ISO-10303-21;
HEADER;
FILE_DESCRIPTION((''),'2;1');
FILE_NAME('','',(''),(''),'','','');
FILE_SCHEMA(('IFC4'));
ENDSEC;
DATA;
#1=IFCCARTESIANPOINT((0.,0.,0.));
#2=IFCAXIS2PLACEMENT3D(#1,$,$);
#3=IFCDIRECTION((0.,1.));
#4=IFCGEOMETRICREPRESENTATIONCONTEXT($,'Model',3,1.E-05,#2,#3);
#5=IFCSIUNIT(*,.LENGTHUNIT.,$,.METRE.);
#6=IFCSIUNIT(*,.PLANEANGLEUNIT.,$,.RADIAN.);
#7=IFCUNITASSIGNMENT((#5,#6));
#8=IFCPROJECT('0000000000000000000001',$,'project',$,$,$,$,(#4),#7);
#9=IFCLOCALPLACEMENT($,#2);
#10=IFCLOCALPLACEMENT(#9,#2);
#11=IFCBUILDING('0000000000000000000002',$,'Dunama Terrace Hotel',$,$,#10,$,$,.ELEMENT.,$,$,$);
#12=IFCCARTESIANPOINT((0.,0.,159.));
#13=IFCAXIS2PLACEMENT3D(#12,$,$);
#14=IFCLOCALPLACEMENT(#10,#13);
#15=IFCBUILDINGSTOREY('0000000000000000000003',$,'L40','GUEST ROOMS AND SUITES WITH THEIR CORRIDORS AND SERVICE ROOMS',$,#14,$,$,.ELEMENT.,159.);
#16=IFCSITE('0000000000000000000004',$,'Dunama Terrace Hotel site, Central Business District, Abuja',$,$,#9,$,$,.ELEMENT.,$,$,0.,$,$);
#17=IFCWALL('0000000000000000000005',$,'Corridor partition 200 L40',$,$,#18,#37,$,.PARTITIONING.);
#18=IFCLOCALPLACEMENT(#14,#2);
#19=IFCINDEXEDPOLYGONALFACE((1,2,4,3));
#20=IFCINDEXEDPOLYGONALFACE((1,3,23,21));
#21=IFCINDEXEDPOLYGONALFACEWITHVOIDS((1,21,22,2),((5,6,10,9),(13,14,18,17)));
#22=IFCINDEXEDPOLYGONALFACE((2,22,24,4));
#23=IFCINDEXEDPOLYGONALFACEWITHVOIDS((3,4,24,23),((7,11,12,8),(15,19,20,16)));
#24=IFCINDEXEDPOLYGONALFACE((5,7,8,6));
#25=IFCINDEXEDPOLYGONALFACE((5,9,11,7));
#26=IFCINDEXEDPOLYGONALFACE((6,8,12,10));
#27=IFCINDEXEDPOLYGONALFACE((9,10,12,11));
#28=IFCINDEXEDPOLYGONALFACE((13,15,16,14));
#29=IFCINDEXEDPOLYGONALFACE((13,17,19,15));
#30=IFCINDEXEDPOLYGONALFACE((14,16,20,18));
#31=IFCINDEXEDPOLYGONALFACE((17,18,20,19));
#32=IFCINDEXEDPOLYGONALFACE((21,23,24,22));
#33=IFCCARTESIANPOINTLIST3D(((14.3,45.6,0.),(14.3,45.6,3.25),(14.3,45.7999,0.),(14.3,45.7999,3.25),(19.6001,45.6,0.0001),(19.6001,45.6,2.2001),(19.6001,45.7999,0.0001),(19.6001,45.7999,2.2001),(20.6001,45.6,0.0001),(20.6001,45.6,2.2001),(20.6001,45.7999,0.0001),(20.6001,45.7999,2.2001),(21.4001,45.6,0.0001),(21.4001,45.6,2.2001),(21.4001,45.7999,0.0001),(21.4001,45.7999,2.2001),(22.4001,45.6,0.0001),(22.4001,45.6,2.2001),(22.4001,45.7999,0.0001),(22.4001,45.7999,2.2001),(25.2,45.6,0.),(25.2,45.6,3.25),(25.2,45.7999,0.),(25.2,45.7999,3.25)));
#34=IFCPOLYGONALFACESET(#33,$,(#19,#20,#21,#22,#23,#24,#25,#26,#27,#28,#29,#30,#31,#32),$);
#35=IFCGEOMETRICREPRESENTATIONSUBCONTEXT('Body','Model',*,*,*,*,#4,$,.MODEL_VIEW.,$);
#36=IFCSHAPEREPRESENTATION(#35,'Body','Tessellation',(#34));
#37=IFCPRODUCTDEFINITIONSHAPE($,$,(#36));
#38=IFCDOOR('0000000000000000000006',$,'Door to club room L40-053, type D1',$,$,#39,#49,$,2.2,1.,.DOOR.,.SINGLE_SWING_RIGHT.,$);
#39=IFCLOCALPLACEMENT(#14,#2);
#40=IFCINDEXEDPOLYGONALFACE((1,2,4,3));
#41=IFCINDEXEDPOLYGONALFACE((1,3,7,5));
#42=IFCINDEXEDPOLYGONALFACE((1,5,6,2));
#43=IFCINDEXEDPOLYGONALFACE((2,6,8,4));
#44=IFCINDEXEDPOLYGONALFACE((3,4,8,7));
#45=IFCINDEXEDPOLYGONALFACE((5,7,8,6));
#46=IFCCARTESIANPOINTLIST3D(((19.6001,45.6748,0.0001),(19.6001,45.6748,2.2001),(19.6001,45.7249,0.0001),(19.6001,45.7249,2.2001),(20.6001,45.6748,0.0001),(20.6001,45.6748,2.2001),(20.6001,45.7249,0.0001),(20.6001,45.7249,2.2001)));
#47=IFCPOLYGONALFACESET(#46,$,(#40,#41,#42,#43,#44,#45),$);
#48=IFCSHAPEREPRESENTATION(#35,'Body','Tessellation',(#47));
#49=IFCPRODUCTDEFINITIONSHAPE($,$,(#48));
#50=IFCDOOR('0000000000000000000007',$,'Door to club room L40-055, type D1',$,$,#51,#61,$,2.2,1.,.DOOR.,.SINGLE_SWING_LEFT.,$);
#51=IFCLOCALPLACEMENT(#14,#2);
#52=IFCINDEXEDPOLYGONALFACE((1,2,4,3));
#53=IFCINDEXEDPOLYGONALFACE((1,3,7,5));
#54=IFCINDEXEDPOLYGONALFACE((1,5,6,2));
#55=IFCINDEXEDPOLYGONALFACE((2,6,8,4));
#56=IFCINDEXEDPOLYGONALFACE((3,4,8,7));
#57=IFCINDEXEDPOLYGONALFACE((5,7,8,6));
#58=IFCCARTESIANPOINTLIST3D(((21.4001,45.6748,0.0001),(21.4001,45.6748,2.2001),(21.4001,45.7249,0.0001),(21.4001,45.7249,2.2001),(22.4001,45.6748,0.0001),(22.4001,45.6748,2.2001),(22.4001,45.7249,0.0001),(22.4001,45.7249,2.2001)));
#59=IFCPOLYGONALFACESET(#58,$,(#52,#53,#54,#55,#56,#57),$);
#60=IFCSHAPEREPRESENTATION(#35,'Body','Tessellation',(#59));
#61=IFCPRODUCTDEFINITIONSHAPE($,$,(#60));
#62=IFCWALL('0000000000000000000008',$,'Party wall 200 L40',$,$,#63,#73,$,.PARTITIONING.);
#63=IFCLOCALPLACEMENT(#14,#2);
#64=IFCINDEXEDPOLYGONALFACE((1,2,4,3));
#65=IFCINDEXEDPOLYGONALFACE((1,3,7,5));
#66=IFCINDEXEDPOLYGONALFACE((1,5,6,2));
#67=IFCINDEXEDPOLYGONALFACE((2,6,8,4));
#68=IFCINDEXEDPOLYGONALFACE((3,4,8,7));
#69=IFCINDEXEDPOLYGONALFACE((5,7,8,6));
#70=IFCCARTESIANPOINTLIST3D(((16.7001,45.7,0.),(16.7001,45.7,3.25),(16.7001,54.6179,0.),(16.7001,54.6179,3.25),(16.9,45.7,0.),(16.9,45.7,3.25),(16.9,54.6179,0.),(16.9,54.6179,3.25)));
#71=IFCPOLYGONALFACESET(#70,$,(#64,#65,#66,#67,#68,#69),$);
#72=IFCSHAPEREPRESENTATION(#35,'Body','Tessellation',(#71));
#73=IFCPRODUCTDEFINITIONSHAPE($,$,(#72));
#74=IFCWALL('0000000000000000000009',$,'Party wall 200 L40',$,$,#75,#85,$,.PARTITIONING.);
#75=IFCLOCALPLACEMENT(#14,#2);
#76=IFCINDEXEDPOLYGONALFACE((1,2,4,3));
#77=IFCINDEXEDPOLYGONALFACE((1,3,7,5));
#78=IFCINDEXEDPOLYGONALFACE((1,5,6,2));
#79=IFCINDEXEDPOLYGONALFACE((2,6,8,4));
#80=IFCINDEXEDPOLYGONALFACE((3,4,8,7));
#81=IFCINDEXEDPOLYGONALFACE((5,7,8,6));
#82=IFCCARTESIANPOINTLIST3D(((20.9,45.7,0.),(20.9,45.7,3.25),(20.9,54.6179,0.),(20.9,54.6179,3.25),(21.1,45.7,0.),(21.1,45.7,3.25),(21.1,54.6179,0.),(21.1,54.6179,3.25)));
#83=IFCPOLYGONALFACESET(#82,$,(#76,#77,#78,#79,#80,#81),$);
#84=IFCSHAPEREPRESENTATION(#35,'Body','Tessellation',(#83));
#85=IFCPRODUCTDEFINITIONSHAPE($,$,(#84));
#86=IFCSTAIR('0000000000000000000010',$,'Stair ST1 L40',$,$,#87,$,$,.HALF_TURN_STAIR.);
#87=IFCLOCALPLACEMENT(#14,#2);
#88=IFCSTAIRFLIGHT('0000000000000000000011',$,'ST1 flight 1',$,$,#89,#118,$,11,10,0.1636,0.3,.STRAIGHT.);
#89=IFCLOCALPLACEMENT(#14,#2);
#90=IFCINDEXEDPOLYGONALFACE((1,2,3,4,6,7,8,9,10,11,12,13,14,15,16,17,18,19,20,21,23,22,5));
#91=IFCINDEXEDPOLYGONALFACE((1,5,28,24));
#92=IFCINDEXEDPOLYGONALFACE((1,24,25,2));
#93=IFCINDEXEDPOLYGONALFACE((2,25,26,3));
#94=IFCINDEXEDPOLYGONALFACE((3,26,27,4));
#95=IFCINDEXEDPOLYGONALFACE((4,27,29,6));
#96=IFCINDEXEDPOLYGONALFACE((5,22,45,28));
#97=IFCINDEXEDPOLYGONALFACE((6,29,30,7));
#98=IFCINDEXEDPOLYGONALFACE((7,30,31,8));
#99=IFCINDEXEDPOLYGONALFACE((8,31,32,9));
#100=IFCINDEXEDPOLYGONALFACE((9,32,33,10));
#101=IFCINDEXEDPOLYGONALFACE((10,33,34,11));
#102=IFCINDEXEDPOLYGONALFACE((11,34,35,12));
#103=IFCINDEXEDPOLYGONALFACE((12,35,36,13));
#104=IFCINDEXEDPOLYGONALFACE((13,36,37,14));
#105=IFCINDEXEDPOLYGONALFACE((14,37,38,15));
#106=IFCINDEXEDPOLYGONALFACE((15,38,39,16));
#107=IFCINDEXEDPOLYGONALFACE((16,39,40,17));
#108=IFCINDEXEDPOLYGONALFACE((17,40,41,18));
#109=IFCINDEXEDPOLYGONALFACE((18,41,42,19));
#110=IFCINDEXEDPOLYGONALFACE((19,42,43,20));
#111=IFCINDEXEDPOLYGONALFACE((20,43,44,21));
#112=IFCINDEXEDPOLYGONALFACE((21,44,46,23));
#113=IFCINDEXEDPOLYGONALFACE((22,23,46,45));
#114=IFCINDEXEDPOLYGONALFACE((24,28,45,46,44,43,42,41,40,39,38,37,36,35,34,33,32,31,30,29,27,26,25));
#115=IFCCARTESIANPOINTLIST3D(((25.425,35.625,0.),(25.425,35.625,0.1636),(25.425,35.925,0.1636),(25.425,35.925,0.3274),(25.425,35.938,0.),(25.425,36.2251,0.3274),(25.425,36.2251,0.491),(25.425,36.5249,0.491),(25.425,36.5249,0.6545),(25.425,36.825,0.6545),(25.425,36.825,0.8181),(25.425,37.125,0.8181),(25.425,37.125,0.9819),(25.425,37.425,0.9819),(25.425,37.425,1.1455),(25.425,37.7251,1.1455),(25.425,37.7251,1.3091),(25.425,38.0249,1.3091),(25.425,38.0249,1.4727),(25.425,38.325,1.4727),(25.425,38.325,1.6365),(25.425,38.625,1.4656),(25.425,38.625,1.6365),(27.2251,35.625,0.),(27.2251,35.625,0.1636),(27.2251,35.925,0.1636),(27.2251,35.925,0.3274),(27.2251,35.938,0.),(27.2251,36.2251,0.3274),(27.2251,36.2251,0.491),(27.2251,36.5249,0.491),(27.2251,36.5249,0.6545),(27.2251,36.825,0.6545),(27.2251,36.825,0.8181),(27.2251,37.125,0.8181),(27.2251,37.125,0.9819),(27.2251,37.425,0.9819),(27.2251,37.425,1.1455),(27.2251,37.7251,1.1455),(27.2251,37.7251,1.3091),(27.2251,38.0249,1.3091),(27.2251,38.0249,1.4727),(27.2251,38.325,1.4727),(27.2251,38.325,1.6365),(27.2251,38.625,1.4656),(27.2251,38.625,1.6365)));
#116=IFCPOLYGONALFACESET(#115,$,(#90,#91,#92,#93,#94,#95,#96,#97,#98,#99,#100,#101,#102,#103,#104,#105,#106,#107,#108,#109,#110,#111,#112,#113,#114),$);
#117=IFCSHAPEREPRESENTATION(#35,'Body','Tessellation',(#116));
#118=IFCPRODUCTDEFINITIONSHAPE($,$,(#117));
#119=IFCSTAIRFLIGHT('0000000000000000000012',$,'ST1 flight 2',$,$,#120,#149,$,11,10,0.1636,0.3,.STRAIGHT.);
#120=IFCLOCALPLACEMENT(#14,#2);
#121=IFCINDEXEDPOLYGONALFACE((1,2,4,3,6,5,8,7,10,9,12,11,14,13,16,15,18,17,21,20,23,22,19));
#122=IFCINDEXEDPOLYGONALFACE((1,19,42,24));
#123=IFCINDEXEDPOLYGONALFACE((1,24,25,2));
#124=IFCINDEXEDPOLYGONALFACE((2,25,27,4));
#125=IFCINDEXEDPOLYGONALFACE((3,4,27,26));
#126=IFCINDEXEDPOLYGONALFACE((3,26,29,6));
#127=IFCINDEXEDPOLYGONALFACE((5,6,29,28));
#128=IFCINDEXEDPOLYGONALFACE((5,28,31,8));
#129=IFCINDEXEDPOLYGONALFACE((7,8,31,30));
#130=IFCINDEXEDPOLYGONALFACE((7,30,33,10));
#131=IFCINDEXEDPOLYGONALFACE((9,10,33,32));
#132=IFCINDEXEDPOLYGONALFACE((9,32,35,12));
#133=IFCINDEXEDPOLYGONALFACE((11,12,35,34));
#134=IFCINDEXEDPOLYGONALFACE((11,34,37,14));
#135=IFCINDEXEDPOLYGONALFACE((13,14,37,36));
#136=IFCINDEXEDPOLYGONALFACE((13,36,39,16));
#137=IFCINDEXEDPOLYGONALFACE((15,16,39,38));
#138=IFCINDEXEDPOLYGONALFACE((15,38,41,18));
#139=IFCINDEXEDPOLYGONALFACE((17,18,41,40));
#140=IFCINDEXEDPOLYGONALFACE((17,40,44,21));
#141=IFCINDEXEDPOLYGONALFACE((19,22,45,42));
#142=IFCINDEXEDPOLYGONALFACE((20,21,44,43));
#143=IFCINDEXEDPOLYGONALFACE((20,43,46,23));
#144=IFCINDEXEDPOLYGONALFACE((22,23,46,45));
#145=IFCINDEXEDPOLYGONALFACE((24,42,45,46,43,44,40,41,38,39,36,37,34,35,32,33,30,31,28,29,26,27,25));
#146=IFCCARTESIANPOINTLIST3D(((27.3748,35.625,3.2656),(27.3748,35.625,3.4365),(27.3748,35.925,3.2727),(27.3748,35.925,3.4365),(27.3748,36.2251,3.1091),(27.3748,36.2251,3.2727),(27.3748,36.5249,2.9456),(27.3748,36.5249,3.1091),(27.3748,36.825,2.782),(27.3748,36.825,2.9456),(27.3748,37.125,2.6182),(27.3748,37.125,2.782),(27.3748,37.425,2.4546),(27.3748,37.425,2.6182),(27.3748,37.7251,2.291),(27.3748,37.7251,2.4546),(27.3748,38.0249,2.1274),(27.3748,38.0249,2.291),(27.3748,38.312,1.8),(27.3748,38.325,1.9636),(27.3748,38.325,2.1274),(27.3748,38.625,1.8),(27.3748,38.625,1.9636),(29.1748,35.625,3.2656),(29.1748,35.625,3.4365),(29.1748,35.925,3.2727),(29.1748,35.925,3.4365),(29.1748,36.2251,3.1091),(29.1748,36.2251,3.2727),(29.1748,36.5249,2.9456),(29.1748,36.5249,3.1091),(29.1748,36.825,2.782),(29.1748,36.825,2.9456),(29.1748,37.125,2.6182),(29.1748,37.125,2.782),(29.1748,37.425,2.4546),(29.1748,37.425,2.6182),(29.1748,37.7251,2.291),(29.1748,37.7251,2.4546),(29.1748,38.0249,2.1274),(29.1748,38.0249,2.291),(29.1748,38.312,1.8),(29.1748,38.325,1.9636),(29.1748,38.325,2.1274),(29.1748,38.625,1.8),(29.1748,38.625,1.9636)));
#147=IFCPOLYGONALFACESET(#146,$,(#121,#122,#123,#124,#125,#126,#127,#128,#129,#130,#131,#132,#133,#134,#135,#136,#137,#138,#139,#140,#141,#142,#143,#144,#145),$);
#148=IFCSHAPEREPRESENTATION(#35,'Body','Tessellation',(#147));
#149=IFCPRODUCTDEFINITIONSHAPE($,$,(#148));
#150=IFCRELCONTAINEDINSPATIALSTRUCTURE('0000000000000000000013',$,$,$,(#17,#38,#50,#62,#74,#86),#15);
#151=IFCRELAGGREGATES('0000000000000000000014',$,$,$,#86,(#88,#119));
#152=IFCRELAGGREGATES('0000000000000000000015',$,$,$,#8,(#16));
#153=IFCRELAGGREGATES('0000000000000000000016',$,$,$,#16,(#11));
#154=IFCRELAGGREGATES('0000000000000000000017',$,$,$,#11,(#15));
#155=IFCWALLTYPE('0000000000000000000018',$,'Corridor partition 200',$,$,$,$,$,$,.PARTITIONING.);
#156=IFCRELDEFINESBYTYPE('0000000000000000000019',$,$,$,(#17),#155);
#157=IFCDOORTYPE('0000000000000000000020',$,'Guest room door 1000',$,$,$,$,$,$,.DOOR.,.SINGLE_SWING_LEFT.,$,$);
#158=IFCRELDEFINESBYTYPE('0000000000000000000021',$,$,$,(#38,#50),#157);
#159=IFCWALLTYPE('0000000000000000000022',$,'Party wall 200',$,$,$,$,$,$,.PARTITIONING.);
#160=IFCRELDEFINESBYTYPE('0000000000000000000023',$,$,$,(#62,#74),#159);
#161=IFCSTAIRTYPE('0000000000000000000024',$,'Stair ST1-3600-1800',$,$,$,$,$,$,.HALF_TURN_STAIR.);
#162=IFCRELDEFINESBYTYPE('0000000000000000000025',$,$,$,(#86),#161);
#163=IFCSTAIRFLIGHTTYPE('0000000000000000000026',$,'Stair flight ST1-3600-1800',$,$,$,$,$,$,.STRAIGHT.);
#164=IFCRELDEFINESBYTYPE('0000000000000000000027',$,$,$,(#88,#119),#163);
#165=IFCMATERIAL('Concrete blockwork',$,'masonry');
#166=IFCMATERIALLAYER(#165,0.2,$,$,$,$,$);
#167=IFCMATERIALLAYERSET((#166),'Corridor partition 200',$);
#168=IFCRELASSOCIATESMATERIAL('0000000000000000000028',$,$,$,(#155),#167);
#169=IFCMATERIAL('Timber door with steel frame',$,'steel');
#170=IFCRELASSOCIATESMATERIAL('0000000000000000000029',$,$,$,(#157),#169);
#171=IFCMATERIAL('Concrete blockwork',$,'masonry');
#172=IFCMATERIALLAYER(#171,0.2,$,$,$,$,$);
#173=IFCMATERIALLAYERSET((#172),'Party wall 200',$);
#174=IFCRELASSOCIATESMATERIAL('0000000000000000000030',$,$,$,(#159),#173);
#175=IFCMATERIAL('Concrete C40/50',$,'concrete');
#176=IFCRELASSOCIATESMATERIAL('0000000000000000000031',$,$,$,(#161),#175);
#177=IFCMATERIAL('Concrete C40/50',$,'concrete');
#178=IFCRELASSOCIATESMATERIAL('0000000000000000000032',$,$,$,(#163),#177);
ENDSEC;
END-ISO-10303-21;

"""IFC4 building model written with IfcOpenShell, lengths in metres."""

from ifc_helpers import new_model, si_unit, direction, frame, frame_2d, origin, place, context, subcontext, project, spatial, polyline, rectangle, outline, extrude, material, layer, layer_set, type_object, element, fill, aggregate, save


model = new_model("IFC4")

# Units and contexts
model_context = context("Model", 3, precision=1e-05, world=origin(), true_north=direction((0.0, 1.0)))
body_context = subcontext(model_context, "Body", "Model", "MODEL_VIEW")
ifc_project = project(units=[si_unit("LENGTHUNIT", "METRE"), si_unit("PLANEANGLEUNIT", "RADIAN")], contexts=[model_context])

# Site, building, storey
site_placement = place(None, origin())
site = spatial("IfcSite", under=ifc_project, at=site_placement, Name="Dunama Terrace Hotel site, Central Business District, Abuja", CompositionType="ELEMENT", RefElevation=0.0)
building_placement = place(site_placement, origin())
building = spatial("IfcBuilding", under=site, at=building_placement, Name="Dunama Terrace Hotel", CompositionType="ELEMENT")
storey_placement = place(building_placement, frame((0.0, 0.0, 159.0)))
storey = spatial("IfcBuildingStorey", under=building, at=storey_placement, Name="L40", Description="GUEST ROOMS AND SUITES WITH THEIR CORRIDORS AND SERVICE ROOMS", CompositionType="ELEMENT", Elevation=159.0)

# Shared definitions
ifc_material_1 = material(Name="Concrete blockwork", Category="masonry")
ifc_layer_1 = layer(ifc_material_1, 0.2)
ifc_layer_set_1 = layer_set([ifc_layer_1], Name="Corridor partition 200")
wall_type_1 = type_object("IfcWallType", Name="Corridor partition 200", PredefinedType="PARTITIONING", material=ifc_layer_set_1)

# Wall, openings, doors
wall_1_placement = place(storey_placement, frame((14.3, 45.7, 0.0), z_axis=(0.0, 0.0, 1.0), x_axis=(1.0, 0.0, 0.0)))
wall_1 = element("IfcWall", 1, at=wall_1_placement, inside=storey, type_object=wall_type_1, Name="Corridor partition 200 L40", PredefinedType="PARTITIONING", context=body_context, shape_type="SweptSolid", body=[
    extrude(rectangle(XDim=10.8999, YDim=0.2, at=frame_2d((5.45, 0.0))), origin(), (0.0, 0.0, 1.0), 3.25),
])
opening_1_placement = place(wall_1_placement, frame((5.3, 0.0, 0.0)))
opening_1 = element("IfcOpeningElement", 2, at=opening_1_placement, cuts=wall_1, PredefinedType="OPENING", context=body_context, shape_type="SweptSolid", body=[
    extrude(rectangle(XDim=1.0, YDim=2.2, at=frame_2d((0.5, 1.1001))), frame((0.0, 0.1099, 0.0), z_axis=(0.0, -1.0, 0.0), x_axis=(1.0, 0.0, 0.0)), (0.0, 0.0, 1.0), 0.22),
])
opening_2_placement = place(wall_1_placement, frame((7.1001, 0.0, 0.0)))
opening_2 = element("IfcOpeningElement", 3, at=opening_2_placement, cuts=wall_1, PredefinedType="OPENING", context=body_context, shape_type="SweptSolid", body=[
    extrude(rectangle(XDim=1.0, YDim=2.2, at=frame_2d((0.5, 1.1001))), frame((0.0, 0.1099, 0.0), z_axis=(0.0, -1.0, 0.0), x_axis=(1.0, 0.0, 0.0)), (0.0, 0.0, 1.0), 0.22),
])
ifc_material_2 = material(Name="Timber door with steel frame", Category="steel")
door_type_1 = type_object("IfcDoorType", Name="Guest room door 1000", OperationType="SINGLE_SWING_LEFT", PredefinedType="DOOR", material=ifc_material_2)
door_1_placement = place(opening_1_placement, origin())
door_1 = element("IfcDoor", 4, at=door_1_placement, inside=storey, type_object=door_type_1, Name="Door to club room L40-053, type D1", OperationType="SINGLE_SWING_RIGHT", OverallHeight=2.2, OverallWidth=1.0, PredefinedType="DOOR", context=body_context, shape_type="SweptSolid", body=[
    extrude(rectangle(XDim=1.0, YDim=2.2, at=frame_2d((0.5, 1.1001))), frame((0.0, 0.0249, 0.0), z_axis=(0.0, -1.0, 0.0), x_axis=(1.0, 0.0, 0.0)), (0.0, 0.0, 1.0), 0.05),
])
fill(opening_1, door_1)
door_2_placement = place(opening_2_placement, origin())
door_2 = element("IfcDoor", 5, at=door_2_placement, inside=storey, type_object=door_type_1, Name="Door to club room L40-055, type D1", OperationType="SINGLE_SWING_LEFT", OverallHeight=2.2, OverallWidth=1.0, PredefinedType="DOOR", context=body_context, shape_type="SweptSolid", body=[
    extrude(rectangle(XDim=1.0, YDim=2.2, at=frame_2d((0.5, 1.1001))), frame((0.0, 0.0249, 0.0), z_axis=(0.0, -1.0, 0.0), x_axis=(1.0, 0.0, 0.0)), (0.0, 0.0, 1.0), 0.05),
])
fill(opening_2, door_2)

# Walls
ifc_material_3 = material(Name="Concrete blockwork", Category="masonry")
ifc_layer_2 = layer(ifc_material_3, 0.2)
ifc_layer_set_2 = layer_set([ifc_layer_2], Name="Party wall 200")
wall_type_2 = type_object("IfcWallType", Name="Party wall 200", PredefinedType="PARTITIONING", material=ifc_layer_set_2)
for number, where, z_axis, x_axis, name in (
    (6, (16.8, 45.7, 0.0), (0.0, 0.0, 1.0), (0.0, 1.0, 0.0), "Party wall 200 L40"),
    (7, (21.0, 45.7, 0.0), (0.0, 0.0, 1.0), (0.0, 1.0, 0.0), "Party wall 200 L40"),
):
    element("IfcWall", number, at=place(storey_placement, frame(where, z_axis=z_axis, x_axis=x_axis)), inside=storey, type_object=wall_type_2, Name=name, PredefinedType="PARTITIONING", context=body_context, shape_type="SweptSolid", body=[
        extrude(rectangle(XDim=8.918, YDim=0.2, at=frame_2d((4.459, 0.0))), origin(), (0.0, 0.0, 1.0), 3.25),
    ])

# Stair, stair flights
ifc_material_4 = material(Name="Concrete C40/50", Category="concrete")
stair_type = type_object("IfcStairType", Name="Stair ST1-3600-1800", PredefinedType="HALF_TURN_STAIR", material=ifc_material_4)
stair_placement = place(storey_placement, origin())
stair = element("IfcStair", 8, at=stair_placement, inside=storey, type_object=stair_type, Name="Stair ST1 L40", PredefinedType="HALF_TURN_STAIR")
ifc_material_5 = material(Name="Concrete C40/50", Category="concrete")
stair_flight_type = type_object("IfcStairFlightType", Name="Stair flight ST1-3600-1800", PredefinedType="STRAIGHT", material=ifc_material_5)
stair_flight_1_placement = place(storey_placement, frame((26.325, 35.625, 0.0), z_axis=(0.0, 0.0, 1.0), x_axis=(0.0, 1.0, 0.0)))
stair_flight_1 = element("IfcStairFlight", 9, at=stair_flight_1_placement, type_object=stair_flight_type, Name="ST1 flight 1", NumberOfRisers=11, NumberOfTreads=10, PredefinedType="STRAIGHT", RiserHeight=0.1636, TreadLength=0.3, context=body_context, shape_type="SweptSolid", body=[
    extrude(outline(polyline([(0.0, 0.0), (0.0, 0.1636), (0.3, 0.1636), (0.3, 0.3274), (0.6001, 0.3274), (0.6001, 0.491), (0.8999, 0.491), (0.8999, 0.6545), (1.2, 0.6545), (1.2, 0.8181), (1.5, 0.8181), (1.5, 0.9819), (1.8, 0.9819), (1.8, 1.1455), (2.1001, 1.1455), (2.1001, 1.3091), (2.3999, 1.3091), (2.3999, 1.4727), (2.7, 1.4727), (2.7, 1.6365), (3.0, 1.6365), (3.0, 1.8), (3.0, 1.4656), (0.313, 0.0), (0.0, 0.0)])), frame((0.0, 0.8999, 0.0), z_axis=(0.0, -1.0, 0.0), x_axis=(1.0, 0.0, 0.0)), (0.0, 0.0, 1.0), 1.8),
])
stair_flight_2_placement = place(storey_placement, frame((28.2749, 38.625, 1.8), z_axis=(0.0, 0.0, 1.0), x_axis=(0.0, -1.0, 0.0)))
stair_flight_2 = element("IfcStairFlight", 10, at=stair_flight_2_placement, type_object=stair_flight_type, Name="ST1 flight 2", NumberOfRisers=11, NumberOfTreads=10, PredefinedType="STRAIGHT", RiserHeight=0.1636, TreadLength=0.3, context=body_context, shape_type="SweptSolid", body=[
    extrude(outline(polyline([(0.0, 0.0), (0.0, 0.1636), (0.3, 0.1636), (0.3, 0.3274), (0.6001, 0.3274), (0.6001, 0.491), (0.8999, 0.491), (0.8999, 0.6545), (1.2, 0.6545), (1.2, 0.8181), (1.5, 0.8181), (1.5, 0.9819), (1.8, 0.9819), (1.8, 1.1455), (2.1001, 1.1455), (2.1001, 1.3091), (2.3999, 1.3091), (2.3999, 1.4727), (2.7, 1.4727), (2.7, 1.6365), (3.0, 1.6365), (3.0, 1.8), (3.0, 1.4656), (0.313, 0.0), (0.0, 0.0)])), frame((0.0, 0.8999, 0.0), z_axis=(0.0, -1.0, 0.0), x_axis=(1.0, 0.0, 0.0)), (0.0, 0.0, 1.0), 1.8),
])
aggregate(stair, [stair_flight_1, stair_flight_2])

save(model, "model.ifc")
